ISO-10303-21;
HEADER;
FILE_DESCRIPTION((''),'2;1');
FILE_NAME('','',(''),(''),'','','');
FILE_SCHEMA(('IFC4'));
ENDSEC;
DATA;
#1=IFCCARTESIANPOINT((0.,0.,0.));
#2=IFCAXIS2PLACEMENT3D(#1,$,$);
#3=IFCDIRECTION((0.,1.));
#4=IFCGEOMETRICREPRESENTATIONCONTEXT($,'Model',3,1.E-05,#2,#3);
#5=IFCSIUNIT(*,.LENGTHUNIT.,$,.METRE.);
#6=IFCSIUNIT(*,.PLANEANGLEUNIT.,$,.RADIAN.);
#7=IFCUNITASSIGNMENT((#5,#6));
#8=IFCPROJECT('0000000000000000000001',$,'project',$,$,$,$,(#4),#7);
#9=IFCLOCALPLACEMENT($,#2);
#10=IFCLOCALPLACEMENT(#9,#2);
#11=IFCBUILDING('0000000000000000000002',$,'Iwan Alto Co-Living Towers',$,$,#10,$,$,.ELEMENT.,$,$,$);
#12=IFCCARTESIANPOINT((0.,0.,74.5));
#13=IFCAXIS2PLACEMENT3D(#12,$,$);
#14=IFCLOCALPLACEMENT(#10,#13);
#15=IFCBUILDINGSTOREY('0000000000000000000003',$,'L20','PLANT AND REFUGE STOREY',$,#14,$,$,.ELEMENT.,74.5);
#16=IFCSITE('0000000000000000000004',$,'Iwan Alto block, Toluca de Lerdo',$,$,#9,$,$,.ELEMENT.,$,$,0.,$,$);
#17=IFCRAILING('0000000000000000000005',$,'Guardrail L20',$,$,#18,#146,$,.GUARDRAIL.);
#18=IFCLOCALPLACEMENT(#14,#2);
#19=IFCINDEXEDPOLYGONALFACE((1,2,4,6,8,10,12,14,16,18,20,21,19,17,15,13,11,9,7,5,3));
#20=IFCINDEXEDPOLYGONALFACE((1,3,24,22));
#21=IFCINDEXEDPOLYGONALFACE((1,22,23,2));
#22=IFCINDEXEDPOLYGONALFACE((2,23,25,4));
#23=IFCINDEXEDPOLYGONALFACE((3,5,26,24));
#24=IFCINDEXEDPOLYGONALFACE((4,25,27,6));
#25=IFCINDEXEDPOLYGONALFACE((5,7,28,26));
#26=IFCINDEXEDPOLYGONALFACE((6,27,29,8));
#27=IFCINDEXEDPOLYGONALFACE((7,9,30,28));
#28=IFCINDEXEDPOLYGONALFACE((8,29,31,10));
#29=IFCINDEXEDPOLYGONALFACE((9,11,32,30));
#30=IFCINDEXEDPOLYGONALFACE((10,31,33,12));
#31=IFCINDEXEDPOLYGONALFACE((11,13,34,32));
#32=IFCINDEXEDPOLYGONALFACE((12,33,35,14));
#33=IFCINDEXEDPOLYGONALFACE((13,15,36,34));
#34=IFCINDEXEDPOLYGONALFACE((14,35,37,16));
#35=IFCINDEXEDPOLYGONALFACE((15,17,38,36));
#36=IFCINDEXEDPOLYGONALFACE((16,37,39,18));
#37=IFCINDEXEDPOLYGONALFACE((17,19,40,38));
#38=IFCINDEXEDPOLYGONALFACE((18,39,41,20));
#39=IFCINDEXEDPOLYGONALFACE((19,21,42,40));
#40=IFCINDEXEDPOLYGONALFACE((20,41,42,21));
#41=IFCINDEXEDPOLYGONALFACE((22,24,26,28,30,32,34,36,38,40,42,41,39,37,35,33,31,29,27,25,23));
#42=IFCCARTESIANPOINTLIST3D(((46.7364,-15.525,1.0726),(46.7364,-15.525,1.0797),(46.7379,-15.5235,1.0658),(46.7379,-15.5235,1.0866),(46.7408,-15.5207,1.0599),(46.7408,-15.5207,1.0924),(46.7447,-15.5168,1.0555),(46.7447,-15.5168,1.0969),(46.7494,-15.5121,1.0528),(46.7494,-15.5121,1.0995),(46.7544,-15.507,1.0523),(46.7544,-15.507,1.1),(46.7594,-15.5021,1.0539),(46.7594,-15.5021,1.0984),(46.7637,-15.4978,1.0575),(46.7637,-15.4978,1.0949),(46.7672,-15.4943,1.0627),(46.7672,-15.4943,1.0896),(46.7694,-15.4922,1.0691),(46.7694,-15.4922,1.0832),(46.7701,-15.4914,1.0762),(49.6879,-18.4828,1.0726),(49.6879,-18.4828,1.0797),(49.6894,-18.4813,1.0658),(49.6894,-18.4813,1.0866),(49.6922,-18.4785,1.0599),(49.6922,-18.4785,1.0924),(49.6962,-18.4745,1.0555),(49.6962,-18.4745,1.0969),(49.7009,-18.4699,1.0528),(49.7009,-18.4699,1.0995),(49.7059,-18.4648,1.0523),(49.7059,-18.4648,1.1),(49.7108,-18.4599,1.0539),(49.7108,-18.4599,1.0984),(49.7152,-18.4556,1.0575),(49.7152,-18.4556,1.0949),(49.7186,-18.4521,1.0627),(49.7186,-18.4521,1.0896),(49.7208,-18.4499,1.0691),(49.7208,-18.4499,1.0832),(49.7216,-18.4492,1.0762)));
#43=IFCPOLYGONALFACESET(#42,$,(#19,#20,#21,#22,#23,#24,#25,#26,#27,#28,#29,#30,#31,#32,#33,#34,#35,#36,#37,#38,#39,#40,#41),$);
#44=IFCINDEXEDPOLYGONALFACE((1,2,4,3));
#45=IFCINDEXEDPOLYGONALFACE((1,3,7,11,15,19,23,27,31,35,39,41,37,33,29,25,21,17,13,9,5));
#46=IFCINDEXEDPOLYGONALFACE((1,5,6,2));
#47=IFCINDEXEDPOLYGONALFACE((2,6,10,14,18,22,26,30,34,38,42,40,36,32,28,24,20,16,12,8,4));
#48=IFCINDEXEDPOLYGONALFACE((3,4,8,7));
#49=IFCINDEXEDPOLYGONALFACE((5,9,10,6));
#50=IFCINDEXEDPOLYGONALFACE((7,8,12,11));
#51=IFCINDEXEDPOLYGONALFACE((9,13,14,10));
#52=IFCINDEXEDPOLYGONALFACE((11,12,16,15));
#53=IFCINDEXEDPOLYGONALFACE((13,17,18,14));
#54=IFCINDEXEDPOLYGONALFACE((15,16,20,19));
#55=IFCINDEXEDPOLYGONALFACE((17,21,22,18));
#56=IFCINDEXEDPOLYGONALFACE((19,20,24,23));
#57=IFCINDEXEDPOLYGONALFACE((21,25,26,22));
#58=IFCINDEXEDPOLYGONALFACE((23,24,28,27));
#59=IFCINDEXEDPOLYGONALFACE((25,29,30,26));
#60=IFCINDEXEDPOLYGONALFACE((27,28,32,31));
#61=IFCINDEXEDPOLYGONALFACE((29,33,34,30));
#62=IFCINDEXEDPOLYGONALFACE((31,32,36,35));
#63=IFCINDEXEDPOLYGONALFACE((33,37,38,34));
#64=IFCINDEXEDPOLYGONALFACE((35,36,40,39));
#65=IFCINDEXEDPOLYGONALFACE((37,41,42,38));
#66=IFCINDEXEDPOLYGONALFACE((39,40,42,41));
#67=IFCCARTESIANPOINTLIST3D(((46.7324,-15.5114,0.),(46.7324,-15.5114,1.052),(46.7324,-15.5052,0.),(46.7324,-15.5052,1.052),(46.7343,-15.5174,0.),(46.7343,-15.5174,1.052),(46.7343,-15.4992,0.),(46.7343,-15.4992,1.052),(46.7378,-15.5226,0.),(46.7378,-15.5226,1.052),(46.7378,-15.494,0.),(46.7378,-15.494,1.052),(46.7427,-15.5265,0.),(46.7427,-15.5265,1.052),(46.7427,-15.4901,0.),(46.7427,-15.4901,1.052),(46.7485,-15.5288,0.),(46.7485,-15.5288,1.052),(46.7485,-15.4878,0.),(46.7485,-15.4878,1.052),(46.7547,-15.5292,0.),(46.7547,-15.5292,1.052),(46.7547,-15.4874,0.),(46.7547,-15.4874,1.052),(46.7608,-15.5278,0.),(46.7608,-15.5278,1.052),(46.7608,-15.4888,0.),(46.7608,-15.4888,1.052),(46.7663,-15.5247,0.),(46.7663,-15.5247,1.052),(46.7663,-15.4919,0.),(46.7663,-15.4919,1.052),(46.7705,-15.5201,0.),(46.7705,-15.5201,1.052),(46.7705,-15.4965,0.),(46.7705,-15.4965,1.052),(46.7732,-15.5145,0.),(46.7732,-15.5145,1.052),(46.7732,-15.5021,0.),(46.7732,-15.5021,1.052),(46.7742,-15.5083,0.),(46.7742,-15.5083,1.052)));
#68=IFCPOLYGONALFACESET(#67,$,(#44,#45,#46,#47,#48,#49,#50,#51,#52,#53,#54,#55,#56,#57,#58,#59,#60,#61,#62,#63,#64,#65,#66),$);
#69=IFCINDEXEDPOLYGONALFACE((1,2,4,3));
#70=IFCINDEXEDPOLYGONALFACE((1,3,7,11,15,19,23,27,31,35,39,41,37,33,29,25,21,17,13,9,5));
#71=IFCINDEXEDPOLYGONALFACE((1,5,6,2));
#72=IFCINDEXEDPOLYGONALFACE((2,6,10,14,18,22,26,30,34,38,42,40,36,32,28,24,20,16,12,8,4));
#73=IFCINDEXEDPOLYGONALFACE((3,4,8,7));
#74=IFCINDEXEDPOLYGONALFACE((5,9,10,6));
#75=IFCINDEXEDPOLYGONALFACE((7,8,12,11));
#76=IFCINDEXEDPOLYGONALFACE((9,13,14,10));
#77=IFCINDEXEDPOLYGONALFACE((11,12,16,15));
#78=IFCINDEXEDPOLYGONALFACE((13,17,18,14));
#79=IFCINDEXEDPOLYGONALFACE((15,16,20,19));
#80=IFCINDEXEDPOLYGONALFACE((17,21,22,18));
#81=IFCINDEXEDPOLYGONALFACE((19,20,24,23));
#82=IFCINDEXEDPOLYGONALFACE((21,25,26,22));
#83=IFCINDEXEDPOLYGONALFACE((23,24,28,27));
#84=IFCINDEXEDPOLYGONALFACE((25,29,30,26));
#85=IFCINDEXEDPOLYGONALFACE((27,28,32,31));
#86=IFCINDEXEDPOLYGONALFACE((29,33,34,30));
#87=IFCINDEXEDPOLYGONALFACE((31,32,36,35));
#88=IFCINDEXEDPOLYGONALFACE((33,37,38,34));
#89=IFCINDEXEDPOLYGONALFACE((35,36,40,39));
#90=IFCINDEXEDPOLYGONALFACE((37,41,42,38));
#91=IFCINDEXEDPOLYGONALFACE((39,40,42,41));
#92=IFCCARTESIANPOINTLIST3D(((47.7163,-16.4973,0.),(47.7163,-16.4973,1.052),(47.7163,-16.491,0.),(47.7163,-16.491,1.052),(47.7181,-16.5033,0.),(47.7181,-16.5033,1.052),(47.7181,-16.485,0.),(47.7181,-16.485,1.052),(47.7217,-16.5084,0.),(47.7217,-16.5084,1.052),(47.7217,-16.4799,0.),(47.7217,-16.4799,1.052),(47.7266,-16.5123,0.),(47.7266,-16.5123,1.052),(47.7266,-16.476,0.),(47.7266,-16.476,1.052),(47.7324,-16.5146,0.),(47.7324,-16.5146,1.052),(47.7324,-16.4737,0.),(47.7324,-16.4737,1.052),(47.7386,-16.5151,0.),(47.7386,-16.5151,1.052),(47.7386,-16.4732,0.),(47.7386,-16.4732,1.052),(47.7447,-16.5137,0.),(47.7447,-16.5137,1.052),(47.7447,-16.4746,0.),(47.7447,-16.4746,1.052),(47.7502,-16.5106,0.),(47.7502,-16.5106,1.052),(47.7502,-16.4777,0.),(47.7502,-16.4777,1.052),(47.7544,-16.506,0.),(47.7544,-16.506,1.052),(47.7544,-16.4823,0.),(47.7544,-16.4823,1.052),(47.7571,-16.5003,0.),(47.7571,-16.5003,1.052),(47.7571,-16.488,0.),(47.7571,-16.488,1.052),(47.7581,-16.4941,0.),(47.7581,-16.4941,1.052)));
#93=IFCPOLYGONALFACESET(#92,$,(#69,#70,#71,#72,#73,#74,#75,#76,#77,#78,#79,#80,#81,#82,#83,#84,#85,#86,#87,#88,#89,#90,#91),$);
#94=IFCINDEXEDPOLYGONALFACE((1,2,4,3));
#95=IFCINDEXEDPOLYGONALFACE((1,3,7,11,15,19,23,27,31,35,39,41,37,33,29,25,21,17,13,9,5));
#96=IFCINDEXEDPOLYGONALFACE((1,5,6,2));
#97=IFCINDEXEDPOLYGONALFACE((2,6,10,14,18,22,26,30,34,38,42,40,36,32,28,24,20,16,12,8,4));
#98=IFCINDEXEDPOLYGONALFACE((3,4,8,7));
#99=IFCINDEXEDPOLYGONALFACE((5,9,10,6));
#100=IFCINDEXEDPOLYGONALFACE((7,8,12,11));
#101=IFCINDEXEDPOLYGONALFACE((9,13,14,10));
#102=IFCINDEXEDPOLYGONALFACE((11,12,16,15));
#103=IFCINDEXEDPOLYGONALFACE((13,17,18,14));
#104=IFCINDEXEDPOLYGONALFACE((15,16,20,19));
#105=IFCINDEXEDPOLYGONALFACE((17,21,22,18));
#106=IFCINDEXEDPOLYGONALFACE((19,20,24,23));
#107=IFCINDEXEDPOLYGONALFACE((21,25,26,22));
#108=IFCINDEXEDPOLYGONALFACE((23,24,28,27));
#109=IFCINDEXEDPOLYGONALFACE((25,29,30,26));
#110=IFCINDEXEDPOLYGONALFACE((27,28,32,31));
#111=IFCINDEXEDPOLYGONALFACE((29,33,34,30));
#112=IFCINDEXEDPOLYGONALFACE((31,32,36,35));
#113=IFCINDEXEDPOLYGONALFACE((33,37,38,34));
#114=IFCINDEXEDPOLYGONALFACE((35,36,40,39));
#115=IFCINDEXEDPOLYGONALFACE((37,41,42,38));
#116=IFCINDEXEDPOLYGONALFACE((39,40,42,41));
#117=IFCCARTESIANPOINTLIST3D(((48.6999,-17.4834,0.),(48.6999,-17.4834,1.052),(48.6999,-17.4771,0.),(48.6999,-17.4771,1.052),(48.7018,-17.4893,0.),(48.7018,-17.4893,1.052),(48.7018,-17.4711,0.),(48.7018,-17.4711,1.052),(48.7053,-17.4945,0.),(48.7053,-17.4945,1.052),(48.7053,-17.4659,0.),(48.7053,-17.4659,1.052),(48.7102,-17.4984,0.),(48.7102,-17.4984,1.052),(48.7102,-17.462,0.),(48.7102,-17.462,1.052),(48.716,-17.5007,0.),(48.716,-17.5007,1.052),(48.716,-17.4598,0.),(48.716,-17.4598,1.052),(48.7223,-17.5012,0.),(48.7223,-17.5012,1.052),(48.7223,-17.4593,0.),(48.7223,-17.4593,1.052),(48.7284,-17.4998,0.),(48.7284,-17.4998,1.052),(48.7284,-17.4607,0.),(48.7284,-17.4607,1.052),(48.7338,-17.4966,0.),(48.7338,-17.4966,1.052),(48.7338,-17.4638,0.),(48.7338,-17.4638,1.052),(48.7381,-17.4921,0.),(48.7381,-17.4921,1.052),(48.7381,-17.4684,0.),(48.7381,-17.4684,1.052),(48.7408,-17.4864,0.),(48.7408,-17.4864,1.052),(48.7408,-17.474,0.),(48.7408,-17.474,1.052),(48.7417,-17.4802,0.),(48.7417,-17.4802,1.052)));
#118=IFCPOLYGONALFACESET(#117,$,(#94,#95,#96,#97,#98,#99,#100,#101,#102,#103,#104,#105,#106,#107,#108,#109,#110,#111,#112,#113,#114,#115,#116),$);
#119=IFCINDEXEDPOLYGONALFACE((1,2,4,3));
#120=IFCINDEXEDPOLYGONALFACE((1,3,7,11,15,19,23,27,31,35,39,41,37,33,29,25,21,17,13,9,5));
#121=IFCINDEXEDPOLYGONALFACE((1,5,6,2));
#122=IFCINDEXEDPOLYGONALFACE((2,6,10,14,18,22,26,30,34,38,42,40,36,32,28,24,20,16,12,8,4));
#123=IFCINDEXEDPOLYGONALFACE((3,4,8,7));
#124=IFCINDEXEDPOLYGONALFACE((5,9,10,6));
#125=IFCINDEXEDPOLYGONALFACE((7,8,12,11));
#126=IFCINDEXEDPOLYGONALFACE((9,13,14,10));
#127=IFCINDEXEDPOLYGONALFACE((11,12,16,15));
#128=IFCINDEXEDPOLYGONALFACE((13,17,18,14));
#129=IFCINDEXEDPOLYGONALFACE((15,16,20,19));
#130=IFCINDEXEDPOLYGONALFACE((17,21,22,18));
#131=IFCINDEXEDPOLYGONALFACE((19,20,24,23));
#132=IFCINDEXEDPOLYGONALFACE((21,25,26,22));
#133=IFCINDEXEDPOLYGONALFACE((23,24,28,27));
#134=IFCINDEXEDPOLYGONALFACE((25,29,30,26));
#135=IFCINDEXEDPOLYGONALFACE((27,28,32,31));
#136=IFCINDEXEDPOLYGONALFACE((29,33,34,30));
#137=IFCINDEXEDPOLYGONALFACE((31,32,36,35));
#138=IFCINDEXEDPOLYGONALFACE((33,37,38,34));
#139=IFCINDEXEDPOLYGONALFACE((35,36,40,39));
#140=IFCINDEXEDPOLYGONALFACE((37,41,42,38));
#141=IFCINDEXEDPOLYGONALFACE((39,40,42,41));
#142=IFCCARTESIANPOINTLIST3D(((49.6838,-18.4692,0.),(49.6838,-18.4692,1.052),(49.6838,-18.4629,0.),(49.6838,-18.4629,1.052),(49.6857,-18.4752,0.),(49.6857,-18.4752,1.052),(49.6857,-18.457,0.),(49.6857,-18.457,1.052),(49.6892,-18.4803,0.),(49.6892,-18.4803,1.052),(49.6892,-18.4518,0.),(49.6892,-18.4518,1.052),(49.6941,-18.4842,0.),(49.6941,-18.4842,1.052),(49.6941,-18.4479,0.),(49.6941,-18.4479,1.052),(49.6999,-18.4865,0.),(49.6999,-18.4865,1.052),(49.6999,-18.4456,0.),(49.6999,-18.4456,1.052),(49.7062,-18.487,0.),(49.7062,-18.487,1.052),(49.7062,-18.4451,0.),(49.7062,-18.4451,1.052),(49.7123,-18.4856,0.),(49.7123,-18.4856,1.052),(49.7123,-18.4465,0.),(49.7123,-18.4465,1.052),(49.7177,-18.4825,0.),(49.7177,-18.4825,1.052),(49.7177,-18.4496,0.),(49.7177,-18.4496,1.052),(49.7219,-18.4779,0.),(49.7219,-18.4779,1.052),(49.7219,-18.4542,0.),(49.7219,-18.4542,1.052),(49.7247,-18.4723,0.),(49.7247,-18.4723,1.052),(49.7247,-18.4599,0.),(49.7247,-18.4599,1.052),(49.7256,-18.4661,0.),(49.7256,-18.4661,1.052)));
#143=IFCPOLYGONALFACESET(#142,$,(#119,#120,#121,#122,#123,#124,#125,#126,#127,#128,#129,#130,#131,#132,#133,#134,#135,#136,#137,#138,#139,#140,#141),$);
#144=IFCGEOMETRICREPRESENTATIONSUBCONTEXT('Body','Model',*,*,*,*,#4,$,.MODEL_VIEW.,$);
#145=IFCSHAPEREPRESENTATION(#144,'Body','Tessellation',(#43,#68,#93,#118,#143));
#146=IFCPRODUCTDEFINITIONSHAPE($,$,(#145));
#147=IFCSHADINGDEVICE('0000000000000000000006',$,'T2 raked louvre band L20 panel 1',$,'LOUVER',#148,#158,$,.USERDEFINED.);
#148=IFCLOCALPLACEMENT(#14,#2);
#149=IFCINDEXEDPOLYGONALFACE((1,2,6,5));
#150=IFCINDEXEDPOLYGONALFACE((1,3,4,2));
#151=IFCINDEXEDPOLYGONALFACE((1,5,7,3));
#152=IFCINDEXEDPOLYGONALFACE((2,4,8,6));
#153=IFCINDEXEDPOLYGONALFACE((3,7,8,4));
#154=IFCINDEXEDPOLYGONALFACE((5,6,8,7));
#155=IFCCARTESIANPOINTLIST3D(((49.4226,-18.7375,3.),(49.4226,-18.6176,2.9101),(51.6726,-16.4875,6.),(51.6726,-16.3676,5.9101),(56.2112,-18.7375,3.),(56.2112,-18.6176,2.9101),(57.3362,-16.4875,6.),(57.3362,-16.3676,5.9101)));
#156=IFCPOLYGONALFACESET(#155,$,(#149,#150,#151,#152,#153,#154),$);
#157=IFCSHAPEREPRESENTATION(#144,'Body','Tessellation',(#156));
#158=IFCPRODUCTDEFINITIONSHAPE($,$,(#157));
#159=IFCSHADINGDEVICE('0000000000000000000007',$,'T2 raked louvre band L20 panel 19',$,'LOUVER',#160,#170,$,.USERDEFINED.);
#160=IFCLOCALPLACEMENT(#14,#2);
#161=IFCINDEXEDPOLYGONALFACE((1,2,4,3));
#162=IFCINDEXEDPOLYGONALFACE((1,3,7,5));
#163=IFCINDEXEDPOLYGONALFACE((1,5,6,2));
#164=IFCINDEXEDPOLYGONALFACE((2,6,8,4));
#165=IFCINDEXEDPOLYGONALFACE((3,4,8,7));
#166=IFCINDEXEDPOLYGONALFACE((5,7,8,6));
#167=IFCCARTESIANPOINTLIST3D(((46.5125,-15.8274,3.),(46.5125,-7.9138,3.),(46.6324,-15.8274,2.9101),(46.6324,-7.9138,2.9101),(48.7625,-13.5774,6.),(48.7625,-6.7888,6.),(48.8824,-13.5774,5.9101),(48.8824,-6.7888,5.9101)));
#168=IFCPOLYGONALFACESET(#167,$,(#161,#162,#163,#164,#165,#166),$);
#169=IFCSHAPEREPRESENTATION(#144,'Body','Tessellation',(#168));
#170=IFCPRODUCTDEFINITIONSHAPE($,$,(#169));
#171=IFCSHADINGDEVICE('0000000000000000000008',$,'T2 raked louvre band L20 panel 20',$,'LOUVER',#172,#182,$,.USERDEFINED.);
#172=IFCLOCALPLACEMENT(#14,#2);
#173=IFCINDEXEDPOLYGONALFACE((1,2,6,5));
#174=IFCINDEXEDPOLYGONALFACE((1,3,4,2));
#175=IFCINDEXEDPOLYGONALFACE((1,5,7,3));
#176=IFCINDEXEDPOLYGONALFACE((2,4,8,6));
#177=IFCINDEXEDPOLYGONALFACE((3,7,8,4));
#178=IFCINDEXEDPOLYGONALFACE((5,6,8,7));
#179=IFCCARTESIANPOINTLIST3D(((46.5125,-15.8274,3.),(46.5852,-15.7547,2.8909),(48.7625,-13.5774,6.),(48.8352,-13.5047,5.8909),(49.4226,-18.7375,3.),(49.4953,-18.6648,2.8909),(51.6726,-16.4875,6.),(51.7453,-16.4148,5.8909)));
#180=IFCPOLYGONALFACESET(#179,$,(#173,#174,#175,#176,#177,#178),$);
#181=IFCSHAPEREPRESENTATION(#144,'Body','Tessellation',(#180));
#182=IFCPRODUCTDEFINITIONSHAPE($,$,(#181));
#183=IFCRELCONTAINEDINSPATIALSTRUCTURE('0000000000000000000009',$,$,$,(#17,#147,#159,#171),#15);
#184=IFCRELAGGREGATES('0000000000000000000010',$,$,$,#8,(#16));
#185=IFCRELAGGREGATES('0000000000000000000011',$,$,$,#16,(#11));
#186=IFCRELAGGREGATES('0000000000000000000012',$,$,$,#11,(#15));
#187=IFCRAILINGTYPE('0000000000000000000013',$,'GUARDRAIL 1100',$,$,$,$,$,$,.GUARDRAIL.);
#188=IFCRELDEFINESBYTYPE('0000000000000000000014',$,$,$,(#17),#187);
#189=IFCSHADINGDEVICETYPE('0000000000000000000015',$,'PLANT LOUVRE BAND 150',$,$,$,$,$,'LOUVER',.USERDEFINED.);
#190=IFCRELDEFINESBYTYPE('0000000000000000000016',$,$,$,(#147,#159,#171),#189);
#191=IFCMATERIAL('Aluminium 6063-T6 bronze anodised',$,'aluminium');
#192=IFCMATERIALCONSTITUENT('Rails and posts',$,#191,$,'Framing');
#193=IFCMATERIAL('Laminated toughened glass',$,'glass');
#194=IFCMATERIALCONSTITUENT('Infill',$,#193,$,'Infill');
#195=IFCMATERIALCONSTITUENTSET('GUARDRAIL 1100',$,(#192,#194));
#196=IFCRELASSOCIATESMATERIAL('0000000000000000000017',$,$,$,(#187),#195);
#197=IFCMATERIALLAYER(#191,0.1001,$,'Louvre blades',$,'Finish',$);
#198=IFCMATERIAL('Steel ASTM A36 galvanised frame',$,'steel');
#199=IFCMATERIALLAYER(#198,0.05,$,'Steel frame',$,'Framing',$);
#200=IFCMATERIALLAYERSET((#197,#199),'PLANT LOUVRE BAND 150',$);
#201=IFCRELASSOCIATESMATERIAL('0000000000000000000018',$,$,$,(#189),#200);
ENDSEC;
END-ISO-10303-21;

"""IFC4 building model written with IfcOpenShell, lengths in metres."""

from ifc_helpers import new_model, si_unit, direction, frame, origin, origin_2d, place, context, subcontext, project, spatial, polyline, circle, outline, extrude, material, layer, layer_set, constituent, constituent_set, type_object, element, save


model = new_model("IFC4")

# Units and contexts
model_context = context("Model", 3, precision=1e-05, world=origin(), true_north=direction((0.0, 1.0)))
body_context = subcontext(model_context, "Body", "Model", "MODEL_VIEW")
ifc_project = project(units=[si_unit("LENGTHUNIT", "METRE"), si_unit("PLANEANGLEUNIT", "RADIAN")], contexts=[model_context])

# Site, building, storey
site_placement = place(None, origin())
site = spatial("IfcSite", under=ifc_project, at=site_placement, Name="Iwan Alto block, Toluca de Lerdo", CompositionType="ELEMENT", RefElevation=0.0)
building_placement = place(site_placement, origin())
building = spatial("IfcBuilding", under=site, at=building_placement, Name="Iwan Alto Co-Living Towers", CompositionType="ELEMENT")
storey_placement = place(building_placement, frame((0.0, 0.0, 74.5)))
storey = spatial("IfcBuildingStorey", under=building, at=storey_placement, Name="L20", Description="PLANT AND REFUGE STOREY", CompositionType="ELEMENT", Elevation=74.5)

# Shared definitions
ifc_material_1 = material(Name="Aluminium 6063-T6 bronze anodised", Category="aluminium")

# Railing
ifc_constituent_1 = constituent(ifc_material_1, Name="Rails and posts", Category="Framing")
ifc_material_2 = material(Name="Laminated toughened glass", Category="glass")
ifc_constituent_2 = constituent(ifc_material_2, Name="Infill", Category="Infill")
ifc_constituent_set = constituent_set(constituents=[ifc_constituent_1, ifc_constituent_2], Name="GUARDRAIL 1100")
railing_type = type_object("IfcRailingType", Name="GUARDRAIL 1100", PredefinedType="GUARDRAIL", material=ifc_constituent_set)
railing_placement = place(storey_placement, frame((46.7532, -15.5083, 0.0)))
element("IfcRailing", 1, at=railing_placement, inside=storey, type_object=railing_type, Name="Guardrail L20", PredefinedType="GUARDRAIL", context=body_context, shape_type="SweptSolid", body=[
    extrude(circle(Radius=0.0239, at=origin_2d()), frame((0.0, 0.0, 1.0762), z_axis=(0.706347, -0.707866, 0.0), x_axis=(0.707866, 0.706347, 0.0)), (0.0, 0.0, 1.0), 4.1785),
    extrude(circle(Radius=0.021, at=origin_2d()), origin(), (0.0, 0.0, 1.0), 1.052),
    extrude(circle(Radius=0.021, at=origin_2d()), frame((0.9839, -0.9858, 0.0)), (0.0, 0.0, 1.0), 1.052),
    extrude(circle(Radius=0.021, at=origin_2d()), frame((1.9675, -1.9719, 0.0)), (0.0, 0.0, 1.0), 1.052),
    extrude(circle(Radius=0.021, at=origin_2d()), frame((2.9514, -2.9578, 0.0)), (0.0, 0.0, 1.0), 1.052),
])

# Shading devices
ifc_layer_1 = layer(ifc_material_1, 0.1001, Name="Louvre blades", Category="Finish")
ifc_material_3 = material(Name="Steel ASTM A36 galvanised frame", Category="steel")
ifc_layer_2 = layer(ifc_material_3, 0.05, Name="Steel frame", Category="Framing")
ifc_layer_set_1 = layer_set([ifc_layer_1, ifc_layer_2], Name="PLANT LOUVRE BAND 150")
shading_device_type = type_object("IfcShadingDeviceType", Name="PLANT LOUVRE BAND 150", ElementType="LOUVER", PredefinedType="USERDEFINED", material=ifc_layer_set_1)
shading_device_1_placement = place(storey_placement, frame((49.4226, -18.7375, 3.0), z_axis=(0.0, -0.8, 0.6), x_axis=(1.0, 0.0, 0.0)))
element("IfcShadingDevice", 2, at=shading_device_1_placement, inside=storey, type_object=shading_device_type, Name="T2 raked louvre band L20 panel 1", ObjectType="LOUVER", PredefinedType="USERDEFINED", context=body_context, shape_type="SweptSolid", body=[
    extrude(outline(polyline([(0.0, 0.0), (6.7886, 0.0), (7.9136, 3.75), (2.25, 3.75), (0.0, 0.0)])), origin(), (0.0, 0.0, -1.0), 0.1499),
])
shading_device_2_placement = place(storey_placement, frame((46.5125, -7.9138, 3.0), z_axis=(-0.8, 0.0, 0.6), x_axis=(0.0, -1.0, 0.0)))
element("IfcShadingDevice", 3, at=shading_device_2_placement, inside=storey, type_object=shading_device_type, Name="T2 raked louvre band L20 panel 19", ObjectType="LOUVER", PredefinedType="USERDEFINED", context=body_context, shape_type="SweptSolid", body=[
    extrude(outline(polyline([(0.0, 0.0), (7.9136, 0.0), (5.6636, 3.75), (-1.125, 3.75), (0.0, 0.0)])), origin(), (0.0, 0.0, -1.0), 0.1499),
])
shading_device_3_placement = place(storey_placement, frame((46.5125, -15.8274, 3.0), z_axis=(-0.485071, -0.485071, 0.727607), x_axis=(0.707107, -0.707107, 0.0)))
element("IfcShadingDevice", 4, at=shading_device_3_placement, inside=storey, type_object=shading_device_type, Name="T2 raked louvre band L20 panel 20", ObjectType="LOUVER", PredefinedType="USERDEFINED", context=body_context, shape_type="SweptSolid", body=[
    extrude(outline(polyline([(0.0, 0.0), (4.1156, 0.0), (4.1156, 4.3732), (0.0, 4.3732), (0.0, 0.0)])), origin(), (0.0, 0.0, -1.0), 0.1499),
])

save(model, "model.ifc")
